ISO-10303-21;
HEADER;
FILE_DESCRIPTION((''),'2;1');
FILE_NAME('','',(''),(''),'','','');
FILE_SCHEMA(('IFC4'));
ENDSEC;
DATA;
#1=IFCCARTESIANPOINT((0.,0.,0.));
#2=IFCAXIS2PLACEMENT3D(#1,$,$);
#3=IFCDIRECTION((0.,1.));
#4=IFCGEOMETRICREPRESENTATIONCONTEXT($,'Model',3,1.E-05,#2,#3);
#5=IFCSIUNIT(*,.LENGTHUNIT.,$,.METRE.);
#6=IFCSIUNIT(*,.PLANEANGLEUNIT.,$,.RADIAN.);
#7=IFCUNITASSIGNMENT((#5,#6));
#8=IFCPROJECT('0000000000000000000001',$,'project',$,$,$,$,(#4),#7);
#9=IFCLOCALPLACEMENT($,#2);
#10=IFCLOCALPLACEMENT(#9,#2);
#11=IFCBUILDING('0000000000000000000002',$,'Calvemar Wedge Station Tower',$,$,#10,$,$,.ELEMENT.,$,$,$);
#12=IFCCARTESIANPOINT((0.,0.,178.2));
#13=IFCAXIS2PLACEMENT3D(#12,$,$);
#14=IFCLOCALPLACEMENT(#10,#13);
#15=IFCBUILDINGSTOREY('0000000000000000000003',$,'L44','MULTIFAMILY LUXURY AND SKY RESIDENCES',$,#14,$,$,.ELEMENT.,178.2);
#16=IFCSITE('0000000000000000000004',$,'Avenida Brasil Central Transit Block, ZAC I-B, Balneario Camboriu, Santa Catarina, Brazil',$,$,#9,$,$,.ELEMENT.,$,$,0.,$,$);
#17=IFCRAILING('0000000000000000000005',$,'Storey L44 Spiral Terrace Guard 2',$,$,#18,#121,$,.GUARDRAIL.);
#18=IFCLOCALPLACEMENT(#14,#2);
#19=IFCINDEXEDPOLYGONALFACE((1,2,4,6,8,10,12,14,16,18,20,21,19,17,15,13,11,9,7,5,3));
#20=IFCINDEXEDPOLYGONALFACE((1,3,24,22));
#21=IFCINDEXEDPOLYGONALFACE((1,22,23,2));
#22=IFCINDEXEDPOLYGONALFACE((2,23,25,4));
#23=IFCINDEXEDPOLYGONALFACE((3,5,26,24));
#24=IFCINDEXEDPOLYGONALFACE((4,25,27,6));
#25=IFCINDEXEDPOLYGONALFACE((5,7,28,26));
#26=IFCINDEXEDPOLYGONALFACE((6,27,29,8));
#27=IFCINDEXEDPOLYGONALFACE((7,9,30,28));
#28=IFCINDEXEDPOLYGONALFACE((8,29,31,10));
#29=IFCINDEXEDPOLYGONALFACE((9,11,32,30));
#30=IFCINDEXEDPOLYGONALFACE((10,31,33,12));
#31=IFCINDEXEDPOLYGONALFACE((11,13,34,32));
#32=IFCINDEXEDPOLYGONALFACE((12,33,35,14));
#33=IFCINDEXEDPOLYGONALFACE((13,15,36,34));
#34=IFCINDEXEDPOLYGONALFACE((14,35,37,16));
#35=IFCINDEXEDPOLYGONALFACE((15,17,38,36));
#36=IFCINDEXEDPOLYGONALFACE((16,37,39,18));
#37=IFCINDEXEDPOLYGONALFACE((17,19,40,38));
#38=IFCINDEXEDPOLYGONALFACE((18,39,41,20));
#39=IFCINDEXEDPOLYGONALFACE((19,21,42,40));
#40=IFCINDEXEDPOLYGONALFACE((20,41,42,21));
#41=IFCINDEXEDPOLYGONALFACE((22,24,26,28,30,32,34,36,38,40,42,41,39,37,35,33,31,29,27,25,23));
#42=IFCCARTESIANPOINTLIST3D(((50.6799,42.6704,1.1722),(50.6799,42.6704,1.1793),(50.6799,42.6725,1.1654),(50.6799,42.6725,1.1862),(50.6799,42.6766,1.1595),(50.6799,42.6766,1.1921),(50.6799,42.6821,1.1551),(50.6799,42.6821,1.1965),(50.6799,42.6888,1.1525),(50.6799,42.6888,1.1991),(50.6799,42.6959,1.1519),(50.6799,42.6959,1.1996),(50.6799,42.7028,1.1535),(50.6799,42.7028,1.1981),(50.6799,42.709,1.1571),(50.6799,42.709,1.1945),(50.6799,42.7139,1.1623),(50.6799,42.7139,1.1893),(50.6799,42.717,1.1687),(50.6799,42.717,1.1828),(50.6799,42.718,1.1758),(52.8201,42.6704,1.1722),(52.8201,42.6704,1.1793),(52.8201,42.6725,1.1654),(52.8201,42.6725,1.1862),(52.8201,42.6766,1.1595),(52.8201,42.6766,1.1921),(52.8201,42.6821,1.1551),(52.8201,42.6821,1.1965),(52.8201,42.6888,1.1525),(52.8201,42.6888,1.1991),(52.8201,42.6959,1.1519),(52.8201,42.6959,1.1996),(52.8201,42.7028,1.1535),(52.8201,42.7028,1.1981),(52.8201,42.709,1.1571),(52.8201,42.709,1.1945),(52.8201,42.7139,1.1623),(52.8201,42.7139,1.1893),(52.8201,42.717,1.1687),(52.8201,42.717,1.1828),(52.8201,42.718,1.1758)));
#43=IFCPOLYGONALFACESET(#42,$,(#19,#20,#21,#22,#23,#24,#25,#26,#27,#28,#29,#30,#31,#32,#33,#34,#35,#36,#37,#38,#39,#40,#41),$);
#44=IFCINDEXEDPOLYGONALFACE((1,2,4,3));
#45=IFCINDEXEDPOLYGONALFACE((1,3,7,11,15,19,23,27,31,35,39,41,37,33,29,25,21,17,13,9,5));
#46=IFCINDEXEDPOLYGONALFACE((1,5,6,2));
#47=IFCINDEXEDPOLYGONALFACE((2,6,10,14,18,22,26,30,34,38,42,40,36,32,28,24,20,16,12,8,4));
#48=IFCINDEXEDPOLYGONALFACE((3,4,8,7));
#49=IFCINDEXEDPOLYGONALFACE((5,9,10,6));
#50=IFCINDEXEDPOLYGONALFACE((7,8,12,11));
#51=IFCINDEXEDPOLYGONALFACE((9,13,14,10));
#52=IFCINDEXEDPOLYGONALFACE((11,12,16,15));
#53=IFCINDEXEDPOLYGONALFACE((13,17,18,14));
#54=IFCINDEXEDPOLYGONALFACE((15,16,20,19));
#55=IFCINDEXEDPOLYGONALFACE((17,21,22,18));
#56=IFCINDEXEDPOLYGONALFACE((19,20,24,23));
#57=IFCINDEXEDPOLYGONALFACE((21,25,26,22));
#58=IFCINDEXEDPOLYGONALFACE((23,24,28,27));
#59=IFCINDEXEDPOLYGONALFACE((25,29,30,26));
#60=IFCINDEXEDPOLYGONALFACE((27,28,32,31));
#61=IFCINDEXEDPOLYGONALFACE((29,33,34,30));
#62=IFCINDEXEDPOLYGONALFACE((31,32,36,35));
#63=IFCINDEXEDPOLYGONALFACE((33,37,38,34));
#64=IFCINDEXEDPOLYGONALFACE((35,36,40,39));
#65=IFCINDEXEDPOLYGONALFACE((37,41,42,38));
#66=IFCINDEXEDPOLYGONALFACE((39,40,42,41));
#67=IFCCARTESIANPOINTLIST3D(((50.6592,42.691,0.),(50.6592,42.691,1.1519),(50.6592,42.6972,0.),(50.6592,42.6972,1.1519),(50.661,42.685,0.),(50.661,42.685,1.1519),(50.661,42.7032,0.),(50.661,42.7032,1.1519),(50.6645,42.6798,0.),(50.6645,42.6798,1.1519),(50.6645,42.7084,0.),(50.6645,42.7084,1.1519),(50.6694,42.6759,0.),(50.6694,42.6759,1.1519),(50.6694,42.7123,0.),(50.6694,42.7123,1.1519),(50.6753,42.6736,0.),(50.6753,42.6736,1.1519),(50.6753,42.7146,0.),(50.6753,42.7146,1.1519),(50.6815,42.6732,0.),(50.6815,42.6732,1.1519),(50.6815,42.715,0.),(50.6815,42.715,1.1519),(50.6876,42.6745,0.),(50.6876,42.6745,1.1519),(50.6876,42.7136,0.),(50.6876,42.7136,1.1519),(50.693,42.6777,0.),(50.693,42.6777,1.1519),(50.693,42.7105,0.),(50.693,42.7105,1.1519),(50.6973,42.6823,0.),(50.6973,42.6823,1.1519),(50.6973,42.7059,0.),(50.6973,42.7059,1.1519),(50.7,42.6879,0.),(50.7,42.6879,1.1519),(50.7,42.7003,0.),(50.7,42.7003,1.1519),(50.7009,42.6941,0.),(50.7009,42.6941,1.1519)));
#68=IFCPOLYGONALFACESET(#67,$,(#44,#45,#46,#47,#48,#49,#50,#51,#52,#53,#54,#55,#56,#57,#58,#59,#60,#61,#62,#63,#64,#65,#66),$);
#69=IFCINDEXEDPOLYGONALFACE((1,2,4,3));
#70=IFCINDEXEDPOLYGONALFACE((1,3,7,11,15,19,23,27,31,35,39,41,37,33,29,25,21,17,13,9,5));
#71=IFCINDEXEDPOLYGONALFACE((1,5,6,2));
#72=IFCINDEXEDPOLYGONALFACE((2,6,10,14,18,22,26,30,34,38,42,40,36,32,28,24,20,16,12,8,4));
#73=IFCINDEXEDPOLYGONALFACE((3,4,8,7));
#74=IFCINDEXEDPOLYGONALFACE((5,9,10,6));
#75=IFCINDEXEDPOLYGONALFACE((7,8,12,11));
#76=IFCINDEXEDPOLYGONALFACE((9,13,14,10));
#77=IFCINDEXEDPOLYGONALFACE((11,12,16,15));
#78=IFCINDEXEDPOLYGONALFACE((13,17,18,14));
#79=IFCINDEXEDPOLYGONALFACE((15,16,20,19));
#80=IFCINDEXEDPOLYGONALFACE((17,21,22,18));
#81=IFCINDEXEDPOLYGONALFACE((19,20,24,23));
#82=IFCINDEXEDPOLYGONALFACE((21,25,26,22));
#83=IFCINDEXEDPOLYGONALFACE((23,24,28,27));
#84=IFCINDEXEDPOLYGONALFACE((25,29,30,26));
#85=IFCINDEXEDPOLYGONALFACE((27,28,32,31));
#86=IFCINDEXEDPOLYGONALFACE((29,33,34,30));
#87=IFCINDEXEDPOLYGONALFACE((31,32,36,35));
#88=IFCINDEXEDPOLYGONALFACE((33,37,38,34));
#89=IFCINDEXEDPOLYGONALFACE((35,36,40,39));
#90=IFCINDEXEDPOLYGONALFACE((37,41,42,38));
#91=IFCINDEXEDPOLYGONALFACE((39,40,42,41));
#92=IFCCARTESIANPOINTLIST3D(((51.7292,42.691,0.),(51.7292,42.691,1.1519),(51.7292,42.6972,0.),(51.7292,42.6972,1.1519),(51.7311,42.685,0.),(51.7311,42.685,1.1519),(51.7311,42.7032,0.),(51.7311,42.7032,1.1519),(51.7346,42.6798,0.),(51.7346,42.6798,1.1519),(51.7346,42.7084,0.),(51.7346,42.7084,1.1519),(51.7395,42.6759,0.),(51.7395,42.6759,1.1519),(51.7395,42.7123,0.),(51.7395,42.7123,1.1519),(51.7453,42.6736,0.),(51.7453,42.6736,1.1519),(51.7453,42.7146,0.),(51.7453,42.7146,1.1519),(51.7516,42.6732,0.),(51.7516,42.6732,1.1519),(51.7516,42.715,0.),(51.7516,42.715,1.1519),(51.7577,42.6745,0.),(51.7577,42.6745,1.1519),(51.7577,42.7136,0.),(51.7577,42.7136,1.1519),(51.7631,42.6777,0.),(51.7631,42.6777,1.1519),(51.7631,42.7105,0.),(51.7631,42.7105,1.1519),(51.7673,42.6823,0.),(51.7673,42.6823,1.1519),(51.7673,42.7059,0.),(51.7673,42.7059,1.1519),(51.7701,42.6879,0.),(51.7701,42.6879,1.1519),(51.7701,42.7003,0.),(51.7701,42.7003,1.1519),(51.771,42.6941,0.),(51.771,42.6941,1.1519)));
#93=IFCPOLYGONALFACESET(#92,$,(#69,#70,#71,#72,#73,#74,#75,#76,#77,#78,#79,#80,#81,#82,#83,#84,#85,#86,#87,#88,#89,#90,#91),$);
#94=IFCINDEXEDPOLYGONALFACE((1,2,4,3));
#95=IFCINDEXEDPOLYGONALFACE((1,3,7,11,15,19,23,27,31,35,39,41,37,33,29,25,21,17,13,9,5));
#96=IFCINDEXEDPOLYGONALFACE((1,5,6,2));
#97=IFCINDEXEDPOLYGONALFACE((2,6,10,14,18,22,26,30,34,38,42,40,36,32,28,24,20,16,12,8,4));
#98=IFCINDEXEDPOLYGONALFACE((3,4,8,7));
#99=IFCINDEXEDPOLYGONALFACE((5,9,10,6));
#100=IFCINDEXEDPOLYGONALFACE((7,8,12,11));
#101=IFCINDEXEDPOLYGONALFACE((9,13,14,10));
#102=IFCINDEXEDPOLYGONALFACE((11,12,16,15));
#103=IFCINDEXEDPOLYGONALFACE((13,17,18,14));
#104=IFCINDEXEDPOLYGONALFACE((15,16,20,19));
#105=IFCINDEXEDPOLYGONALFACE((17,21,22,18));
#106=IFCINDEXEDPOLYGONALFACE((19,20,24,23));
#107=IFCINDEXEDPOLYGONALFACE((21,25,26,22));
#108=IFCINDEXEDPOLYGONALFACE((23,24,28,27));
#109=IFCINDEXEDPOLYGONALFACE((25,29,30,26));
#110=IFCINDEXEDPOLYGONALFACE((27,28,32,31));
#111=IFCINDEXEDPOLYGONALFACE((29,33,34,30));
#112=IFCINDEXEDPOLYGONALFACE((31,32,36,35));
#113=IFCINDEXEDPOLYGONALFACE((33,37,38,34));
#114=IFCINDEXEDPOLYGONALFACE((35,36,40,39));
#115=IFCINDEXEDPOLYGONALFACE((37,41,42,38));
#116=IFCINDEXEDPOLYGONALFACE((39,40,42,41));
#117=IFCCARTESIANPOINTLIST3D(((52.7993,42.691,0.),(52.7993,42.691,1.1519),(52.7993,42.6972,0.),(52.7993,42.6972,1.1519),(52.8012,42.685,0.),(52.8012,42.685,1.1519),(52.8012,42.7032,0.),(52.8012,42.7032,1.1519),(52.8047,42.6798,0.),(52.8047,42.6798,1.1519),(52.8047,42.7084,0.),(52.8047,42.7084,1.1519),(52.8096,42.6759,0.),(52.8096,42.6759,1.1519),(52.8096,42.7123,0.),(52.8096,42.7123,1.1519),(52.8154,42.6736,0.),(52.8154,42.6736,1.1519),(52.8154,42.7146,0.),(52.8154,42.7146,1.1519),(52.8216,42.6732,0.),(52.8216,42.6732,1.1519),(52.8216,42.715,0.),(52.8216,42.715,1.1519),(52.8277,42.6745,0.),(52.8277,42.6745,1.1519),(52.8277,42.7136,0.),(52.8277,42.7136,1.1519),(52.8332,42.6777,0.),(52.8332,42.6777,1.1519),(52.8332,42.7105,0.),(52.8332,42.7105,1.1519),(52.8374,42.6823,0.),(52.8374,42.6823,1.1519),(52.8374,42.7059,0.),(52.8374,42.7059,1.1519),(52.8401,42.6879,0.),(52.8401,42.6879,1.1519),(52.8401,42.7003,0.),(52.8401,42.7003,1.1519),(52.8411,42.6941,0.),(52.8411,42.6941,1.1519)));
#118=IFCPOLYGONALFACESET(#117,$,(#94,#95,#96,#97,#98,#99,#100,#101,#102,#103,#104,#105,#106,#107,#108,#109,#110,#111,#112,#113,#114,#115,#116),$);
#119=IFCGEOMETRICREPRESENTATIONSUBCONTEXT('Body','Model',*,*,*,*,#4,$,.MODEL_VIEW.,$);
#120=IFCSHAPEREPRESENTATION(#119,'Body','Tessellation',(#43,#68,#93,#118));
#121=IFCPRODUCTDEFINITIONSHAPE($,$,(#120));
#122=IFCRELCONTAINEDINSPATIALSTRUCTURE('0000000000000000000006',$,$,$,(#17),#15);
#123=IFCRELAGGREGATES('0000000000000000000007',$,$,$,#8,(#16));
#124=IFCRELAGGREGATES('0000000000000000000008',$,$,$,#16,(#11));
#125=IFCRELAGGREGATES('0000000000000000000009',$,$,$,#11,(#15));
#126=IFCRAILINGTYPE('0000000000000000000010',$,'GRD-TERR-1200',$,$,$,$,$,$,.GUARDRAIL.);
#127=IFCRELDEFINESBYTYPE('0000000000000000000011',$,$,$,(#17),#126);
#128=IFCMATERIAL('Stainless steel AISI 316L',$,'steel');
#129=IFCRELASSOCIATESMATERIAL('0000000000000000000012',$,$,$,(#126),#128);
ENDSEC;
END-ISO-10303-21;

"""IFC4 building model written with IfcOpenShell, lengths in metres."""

from ifc_helpers import new_model, si_unit, direction, frame, origin, origin_2d, place, context, subcontext, project, spatial, circle, extrude, material, type_object, element, save


model = new_model("IFC4")

# Units and contexts
model_context = context("Model", 3, precision=1e-05, world=origin(), true_north=direction((0.0, 1.0)))
body_context = subcontext(model_context, "Body", "Model", "MODEL_VIEW")
ifc_project = project(units=[si_unit("LENGTHUNIT", "METRE"), si_unit("PLANEANGLEUNIT", "RADIAN")], contexts=[model_context])

# Site, building, storey
site_placement = place(None, origin())
site = spatial("IfcSite", under=ifc_project, at=site_placement, Name="Avenida Brasil Central Transit Block, ZAC I-B, Balneario Camboriu, Santa Catarina, Brazil", CompositionType="ELEMENT", RefElevation=0.0)
building_placement = place(site_placement, origin())
building = spatial("IfcBuilding", under=site, at=building_placement, Name="Calvemar Wedge Station Tower", CompositionType="ELEMENT")
storey_placement = place(building_placement, frame((0.0, 0.0, 178.2)))
storey = spatial("IfcBuildingStorey", under=building, at=storey_placement, Name="L44", Description="MULTIFAMILY LUXURY AND SKY RESIDENCES", CompositionType="ELEMENT", Elevation=178.2)

# Railing
ifc_material_1 = material(Name="Stainless steel AISI 316L", Category="steel")
railing_type = type_object("IfcRailingType", Name="GRD-TERR-1200", PredefinedType="GUARDRAIL", material=ifc_material_1)
railing_1_placement = place(storey_placement, frame((50.6799, 42.6941, 0.0)))
element("IfcRailing", 1, at=railing_1_placement, inside=storey, type_object=railing_type, Name="Storey L44 Spiral Terrace Guard 2", PredefinedType="GUARDRAIL", context=body_context, shape_type="SweptSolid", body=[
    extrude(circle(Radius=0.0239, at=origin_2d()), frame((0.0, 0.0, 1.1758), z_axis=(1.0, 0.0, 0.0), x_axis=(0.0, 1.0, 0.0)), (0.0, 0.0, 1.0), 2.1401),
    extrude(circle(Radius=0.021, at=origin_2d()), origin(), (0.0, 0.0, 1.0), 1.1519),
    extrude(circle(Radius=0.021, at=origin_2d()), frame((1.0701, 0.0, 0.0)), (0.0, 0.0, 1.0), 1.1519),
    extrude(circle(Radius=0.021, at=origin_2d()), frame((2.1401, 0.0, 0.0)), (0.0, 0.0, 1.0), 1.1519),
])

save(model, "model.ifc")
